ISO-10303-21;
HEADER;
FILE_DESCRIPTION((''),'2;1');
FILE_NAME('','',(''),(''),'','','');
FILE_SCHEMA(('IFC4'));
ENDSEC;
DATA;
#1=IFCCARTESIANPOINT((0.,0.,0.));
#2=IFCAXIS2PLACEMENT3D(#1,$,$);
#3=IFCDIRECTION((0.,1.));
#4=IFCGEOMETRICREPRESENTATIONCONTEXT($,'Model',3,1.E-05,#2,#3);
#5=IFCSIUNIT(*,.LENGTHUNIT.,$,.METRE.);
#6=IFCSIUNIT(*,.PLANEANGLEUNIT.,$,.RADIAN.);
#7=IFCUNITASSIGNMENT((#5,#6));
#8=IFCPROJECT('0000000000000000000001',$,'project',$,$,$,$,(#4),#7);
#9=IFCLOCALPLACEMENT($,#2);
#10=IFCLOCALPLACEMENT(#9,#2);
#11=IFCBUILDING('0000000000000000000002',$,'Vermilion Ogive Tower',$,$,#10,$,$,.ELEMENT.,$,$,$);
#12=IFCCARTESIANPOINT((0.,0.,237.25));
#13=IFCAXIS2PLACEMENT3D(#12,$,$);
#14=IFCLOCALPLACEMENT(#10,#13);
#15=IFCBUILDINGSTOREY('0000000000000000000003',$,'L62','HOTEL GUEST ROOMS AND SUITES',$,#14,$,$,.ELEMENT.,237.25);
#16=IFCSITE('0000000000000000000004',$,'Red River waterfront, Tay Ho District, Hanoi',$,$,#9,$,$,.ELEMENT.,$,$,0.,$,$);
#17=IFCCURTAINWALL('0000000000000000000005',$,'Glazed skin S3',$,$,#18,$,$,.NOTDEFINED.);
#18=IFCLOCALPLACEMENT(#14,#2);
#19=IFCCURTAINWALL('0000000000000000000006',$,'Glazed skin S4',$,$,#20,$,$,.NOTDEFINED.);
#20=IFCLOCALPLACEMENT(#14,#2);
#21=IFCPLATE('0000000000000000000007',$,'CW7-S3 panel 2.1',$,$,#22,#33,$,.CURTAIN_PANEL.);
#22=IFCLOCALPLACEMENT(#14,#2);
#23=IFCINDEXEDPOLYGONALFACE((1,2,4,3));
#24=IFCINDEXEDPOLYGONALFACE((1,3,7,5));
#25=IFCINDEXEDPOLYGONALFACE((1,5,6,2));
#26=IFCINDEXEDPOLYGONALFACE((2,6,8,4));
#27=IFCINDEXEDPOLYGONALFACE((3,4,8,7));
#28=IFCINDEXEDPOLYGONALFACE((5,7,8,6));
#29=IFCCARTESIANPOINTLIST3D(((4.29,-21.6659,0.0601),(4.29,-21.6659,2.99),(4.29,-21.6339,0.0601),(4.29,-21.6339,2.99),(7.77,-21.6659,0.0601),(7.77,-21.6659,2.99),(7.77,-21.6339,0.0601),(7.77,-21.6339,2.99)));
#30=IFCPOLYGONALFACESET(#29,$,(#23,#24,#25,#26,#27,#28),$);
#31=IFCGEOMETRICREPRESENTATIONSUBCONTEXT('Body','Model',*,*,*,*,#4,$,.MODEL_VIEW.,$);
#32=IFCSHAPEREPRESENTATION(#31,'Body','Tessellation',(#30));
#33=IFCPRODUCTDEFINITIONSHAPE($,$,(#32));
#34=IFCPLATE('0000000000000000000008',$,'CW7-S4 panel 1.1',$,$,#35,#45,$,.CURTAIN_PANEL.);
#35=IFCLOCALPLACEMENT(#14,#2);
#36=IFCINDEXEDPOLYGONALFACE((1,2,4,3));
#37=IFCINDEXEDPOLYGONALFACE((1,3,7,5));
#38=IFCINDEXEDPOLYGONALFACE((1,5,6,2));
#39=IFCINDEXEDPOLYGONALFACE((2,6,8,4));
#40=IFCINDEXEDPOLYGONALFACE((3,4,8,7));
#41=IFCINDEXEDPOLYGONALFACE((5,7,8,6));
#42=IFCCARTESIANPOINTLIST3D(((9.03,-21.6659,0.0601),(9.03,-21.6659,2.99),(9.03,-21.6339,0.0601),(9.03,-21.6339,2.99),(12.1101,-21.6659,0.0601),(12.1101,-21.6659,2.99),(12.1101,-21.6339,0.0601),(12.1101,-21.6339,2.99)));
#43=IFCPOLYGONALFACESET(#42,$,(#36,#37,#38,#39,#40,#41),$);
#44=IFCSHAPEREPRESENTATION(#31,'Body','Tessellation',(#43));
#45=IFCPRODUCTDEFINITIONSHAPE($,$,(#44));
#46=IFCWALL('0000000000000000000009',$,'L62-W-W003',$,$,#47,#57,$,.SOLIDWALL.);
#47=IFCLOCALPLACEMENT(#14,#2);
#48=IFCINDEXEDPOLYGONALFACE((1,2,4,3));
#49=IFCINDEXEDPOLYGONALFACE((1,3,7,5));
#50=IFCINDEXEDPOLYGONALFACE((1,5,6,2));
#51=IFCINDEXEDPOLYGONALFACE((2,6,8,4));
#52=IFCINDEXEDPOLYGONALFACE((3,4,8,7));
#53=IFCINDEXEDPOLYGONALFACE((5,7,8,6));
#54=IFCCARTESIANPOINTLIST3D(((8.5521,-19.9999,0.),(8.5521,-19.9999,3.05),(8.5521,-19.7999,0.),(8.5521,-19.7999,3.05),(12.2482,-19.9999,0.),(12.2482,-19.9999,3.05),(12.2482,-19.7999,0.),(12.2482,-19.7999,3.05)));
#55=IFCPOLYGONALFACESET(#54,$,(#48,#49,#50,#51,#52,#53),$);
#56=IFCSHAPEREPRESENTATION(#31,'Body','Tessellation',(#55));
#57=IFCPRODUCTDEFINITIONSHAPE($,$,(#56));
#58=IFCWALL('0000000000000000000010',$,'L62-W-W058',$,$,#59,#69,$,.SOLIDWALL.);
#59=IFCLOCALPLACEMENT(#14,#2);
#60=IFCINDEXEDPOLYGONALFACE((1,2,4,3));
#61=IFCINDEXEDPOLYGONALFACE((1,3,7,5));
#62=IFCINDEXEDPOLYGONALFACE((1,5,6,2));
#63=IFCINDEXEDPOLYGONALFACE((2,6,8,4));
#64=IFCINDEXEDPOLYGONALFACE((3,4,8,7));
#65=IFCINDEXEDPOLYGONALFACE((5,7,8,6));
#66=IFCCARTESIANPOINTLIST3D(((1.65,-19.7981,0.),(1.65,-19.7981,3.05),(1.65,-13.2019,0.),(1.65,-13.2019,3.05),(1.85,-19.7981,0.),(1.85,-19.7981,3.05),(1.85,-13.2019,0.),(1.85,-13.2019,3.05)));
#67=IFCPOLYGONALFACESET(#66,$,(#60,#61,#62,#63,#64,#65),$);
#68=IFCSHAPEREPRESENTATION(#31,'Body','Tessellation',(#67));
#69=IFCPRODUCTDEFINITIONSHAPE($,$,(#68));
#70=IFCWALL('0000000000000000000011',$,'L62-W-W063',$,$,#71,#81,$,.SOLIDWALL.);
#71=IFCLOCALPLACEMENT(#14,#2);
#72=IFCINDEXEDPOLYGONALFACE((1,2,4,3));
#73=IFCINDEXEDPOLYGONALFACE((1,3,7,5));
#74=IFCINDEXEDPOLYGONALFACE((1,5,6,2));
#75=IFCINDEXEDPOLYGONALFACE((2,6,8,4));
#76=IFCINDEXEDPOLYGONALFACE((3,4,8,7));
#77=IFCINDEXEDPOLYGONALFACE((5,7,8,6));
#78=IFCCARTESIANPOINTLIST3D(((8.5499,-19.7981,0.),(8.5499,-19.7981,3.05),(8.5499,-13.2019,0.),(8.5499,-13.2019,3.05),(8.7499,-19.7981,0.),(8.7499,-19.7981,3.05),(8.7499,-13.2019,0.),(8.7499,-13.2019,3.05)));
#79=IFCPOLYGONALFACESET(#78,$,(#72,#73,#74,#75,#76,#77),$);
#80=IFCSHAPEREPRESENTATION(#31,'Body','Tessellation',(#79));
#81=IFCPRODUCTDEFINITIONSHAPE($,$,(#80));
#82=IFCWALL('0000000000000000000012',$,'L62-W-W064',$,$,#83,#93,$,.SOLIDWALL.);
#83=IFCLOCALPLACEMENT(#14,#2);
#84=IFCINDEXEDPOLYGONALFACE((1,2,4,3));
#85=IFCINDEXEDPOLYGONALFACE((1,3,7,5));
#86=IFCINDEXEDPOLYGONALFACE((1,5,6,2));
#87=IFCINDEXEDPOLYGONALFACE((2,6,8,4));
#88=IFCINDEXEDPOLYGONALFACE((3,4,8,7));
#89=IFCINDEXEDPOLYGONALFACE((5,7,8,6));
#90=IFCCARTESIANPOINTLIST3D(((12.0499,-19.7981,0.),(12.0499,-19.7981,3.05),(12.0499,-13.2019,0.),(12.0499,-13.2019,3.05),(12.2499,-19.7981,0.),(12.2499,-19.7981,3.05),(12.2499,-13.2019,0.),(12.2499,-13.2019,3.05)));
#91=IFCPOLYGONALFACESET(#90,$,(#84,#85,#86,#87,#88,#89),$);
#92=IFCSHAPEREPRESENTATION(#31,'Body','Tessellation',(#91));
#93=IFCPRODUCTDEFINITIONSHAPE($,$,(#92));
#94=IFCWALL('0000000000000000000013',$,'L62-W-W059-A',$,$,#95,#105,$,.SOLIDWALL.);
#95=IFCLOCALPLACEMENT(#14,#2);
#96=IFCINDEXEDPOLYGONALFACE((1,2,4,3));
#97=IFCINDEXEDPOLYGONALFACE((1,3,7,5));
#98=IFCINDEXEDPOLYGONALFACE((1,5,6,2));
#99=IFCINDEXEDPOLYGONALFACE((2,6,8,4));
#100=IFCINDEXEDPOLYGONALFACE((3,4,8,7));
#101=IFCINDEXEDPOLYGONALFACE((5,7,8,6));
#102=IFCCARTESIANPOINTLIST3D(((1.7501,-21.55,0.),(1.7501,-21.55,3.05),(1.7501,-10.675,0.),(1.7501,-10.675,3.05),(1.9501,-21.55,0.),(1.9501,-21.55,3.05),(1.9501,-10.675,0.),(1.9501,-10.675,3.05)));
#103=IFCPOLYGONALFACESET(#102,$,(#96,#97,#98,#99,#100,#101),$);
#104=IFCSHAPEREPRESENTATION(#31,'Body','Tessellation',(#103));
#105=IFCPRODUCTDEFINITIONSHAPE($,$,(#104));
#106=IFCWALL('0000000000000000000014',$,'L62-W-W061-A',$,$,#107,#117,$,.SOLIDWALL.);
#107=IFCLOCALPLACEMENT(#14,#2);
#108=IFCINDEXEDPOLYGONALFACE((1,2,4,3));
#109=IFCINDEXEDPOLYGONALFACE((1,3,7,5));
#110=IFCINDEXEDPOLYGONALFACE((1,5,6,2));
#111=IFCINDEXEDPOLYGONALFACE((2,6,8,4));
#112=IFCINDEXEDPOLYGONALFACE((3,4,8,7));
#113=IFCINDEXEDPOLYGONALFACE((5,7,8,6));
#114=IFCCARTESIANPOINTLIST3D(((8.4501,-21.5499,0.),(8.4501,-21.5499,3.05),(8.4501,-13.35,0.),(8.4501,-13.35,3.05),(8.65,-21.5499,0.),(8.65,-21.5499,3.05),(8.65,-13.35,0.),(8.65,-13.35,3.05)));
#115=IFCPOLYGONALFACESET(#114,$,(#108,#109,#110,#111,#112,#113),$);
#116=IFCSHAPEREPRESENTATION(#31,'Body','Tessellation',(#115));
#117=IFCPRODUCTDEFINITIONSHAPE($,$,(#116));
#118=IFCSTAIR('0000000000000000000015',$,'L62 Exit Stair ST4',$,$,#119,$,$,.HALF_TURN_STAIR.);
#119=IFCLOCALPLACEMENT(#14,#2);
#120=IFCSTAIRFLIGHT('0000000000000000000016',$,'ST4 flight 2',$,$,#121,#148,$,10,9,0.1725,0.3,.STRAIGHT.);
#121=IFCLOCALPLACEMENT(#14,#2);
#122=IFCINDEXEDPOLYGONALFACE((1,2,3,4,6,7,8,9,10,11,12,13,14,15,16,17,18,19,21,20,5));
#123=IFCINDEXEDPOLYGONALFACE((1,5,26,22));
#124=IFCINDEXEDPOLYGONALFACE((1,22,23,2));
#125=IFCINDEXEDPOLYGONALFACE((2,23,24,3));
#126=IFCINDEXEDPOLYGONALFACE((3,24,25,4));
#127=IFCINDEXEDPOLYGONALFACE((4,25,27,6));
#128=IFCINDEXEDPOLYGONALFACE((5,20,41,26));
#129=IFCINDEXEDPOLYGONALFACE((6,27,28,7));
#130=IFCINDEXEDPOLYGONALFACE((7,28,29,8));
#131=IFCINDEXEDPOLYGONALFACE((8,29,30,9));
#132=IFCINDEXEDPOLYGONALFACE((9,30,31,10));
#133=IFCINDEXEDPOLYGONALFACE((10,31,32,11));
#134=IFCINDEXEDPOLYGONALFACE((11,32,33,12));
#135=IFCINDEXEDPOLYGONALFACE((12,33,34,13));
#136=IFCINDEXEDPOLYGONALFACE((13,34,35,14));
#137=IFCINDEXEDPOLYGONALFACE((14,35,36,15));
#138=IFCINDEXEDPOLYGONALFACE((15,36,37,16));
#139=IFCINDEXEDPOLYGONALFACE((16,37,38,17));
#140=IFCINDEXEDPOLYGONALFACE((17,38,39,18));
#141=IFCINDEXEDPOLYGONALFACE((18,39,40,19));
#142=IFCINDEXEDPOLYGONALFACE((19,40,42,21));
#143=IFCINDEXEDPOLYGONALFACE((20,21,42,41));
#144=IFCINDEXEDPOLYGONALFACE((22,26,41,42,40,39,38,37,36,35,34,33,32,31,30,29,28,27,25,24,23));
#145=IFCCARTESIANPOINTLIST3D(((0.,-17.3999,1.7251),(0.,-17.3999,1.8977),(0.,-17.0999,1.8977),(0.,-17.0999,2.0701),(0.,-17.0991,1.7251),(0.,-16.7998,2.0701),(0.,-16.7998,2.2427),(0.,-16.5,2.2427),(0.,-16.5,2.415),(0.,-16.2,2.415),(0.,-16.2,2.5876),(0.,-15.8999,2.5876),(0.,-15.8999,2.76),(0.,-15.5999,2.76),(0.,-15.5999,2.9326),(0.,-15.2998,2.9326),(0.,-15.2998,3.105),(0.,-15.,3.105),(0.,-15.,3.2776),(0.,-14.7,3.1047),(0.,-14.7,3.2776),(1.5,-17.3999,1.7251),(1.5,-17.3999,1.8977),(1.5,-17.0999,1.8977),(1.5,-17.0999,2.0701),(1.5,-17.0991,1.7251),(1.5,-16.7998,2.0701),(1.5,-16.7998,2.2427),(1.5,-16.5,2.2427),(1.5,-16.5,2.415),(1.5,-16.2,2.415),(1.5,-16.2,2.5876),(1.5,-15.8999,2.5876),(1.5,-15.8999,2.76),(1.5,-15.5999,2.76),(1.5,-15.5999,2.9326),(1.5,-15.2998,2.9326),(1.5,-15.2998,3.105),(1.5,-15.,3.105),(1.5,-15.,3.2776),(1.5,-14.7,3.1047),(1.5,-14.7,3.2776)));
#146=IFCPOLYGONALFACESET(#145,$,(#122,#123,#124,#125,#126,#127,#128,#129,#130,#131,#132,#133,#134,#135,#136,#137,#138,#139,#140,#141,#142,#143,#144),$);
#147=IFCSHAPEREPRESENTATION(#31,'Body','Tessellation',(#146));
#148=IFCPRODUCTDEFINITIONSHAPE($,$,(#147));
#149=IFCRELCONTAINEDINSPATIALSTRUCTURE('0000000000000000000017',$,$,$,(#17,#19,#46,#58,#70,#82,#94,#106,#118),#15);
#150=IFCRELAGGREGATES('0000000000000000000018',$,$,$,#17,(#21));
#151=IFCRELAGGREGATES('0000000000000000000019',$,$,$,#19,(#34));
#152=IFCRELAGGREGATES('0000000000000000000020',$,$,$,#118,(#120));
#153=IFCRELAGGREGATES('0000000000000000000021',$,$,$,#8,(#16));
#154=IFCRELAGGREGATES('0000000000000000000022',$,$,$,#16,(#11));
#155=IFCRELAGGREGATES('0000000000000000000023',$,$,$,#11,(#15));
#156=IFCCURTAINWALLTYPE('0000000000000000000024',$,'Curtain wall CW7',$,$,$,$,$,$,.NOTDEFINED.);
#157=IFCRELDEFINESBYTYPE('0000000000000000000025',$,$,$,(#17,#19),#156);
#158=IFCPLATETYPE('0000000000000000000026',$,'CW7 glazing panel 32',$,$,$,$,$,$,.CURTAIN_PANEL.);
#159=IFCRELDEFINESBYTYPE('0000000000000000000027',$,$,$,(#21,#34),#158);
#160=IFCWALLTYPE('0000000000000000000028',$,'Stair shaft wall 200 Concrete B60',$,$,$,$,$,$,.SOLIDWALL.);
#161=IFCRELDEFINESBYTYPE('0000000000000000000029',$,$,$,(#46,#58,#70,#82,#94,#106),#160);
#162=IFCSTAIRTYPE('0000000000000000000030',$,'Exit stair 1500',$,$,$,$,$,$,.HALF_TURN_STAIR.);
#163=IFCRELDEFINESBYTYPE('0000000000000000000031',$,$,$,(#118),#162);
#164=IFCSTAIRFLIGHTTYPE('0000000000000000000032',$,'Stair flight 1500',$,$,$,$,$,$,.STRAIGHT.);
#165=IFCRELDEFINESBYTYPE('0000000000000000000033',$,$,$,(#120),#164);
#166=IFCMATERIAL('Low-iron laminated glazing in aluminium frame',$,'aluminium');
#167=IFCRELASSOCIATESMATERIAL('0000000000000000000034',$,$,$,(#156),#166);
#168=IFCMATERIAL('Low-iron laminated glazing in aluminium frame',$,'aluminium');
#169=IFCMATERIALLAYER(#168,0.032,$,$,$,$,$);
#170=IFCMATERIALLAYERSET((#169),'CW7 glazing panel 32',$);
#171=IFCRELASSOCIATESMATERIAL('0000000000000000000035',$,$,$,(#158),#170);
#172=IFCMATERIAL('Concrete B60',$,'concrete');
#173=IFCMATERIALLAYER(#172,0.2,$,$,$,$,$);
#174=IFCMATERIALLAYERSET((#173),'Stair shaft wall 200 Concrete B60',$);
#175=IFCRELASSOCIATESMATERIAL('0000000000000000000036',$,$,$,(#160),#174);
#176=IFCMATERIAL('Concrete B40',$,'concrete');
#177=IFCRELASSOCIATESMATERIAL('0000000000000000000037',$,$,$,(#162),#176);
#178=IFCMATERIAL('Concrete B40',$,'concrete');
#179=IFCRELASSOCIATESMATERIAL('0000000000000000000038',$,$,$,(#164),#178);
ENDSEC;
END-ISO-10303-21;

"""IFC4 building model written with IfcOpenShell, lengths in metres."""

from ifc_helpers import new_model, si_unit, direction, frame, frame_2d, origin, origin_2d, place, context, subcontext, project, spatial, polyline, rectangle, outline, extrude, material, layer, layer_set, type_object, element, aggregate, save


model = new_model("IFC4")

# Units and contexts
model_context = context("Model", 3, precision=1e-05, world=origin(), true_north=direction((0.0, 1.0)))
body_context = subcontext(model_context, "Body", "Model", "MODEL_VIEW")
ifc_project = project(units=[si_unit("LENGTHUNIT", "METRE"), si_unit("PLANEANGLEUNIT", "RADIAN")], contexts=[model_context])

# Site, building, storey
site_placement = place(None, origin())
site = spatial("IfcSite", under=ifc_project, at=site_placement, Name="Red River waterfront, Tay Ho District, Hanoi", CompositionType="ELEMENT", RefElevation=0.0)
building_placement = place(site_placement, origin())
building = spatial("IfcBuilding", under=site, at=building_placement, Name="Vermilion Ogive Tower", CompositionType="ELEMENT")
storey_placement = place(building_placement, frame((0.0, 0.0, 237.25)))
storey = spatial("IfcBuildingStorey", under=building, at=storey_placement, Name="L62", Description="HOTEL GUEST ROOMS AND SUITES", CompositionType="ELEMENT", Elevation=237.25)

# Curtain wall
ifc_material_1 = material(Name="Low-iron laminated glazing in aluminium frame", Category="aluminium")
curtain_wall_type = type_object("IfcCurtainWallType", Name="Curtain wall CW7", PredefinedType="NOTDEFINED", material=ifc_material_1)
curtain_wall_1_placement = place(storey_placement, origin())
curtain_wall_1 = element("IfcCurtainWall", 1, at=curtain_wall_1_placement, inside=storey, type_object=curtain_wall_type, Name="Glazed skin S3", PredefinedType="NOTDEFINED")

# Curtain wall
curtain_wall_2_placement = place(storey_placement, origin())
curtain_wall_2 = element("IfcCurtainWall", 2, at=curtain_wall_2_placement, inside=storey, type_object=curtain_wall_type, Name="Glazed skin S4", PredefinedType="NOTDEFINED")

# Plates
ifc_material_2 = material(Name="Low-iron laminated glazing in aluminium frame", Category="aluminium")
ifc_layer_1 = layer(ifc_material_2, 0.032)
ifc_layer_set_1 = layer_set([ifc_layer_1], Name="CW7 glazing panel 32")
plate_type = type_object("IfcPlateType", Name="CW7 glazing panel 32", PredefinedType="CURTAIN_PANEL", material=ifc_layer_set_1)
plate_1_placement = place(storey_placement, frame((6.03, -21.6499, 0.0601), z_axis=(0.0, 0.0, 1.0), x_axis=(1.0, 0.0, 0.0)))
plate_1 = element("IfcPlate", 3, at=plate_1_placement, type_object=plate_type, Name="CW7-S3 panel 2.1", PredefinedType="CURTAIN_PANEL", context=body_context, shape_type="SweptSolid", body=[
    extrude(rectangle(XDim=3.48, YDim=0.032, at=origin_2d()), origin(), (0.0, 0.0, 1.0), 2.9299),
])
aggregate(curtain_wall_1, [plate_1])
plate_2_placement = place(storey_placement, frame((10.5701, -21.6499, 0.0601), z_axis=(0.0, 0.0, 1.0), x_axis=(1.0, 0.0, 0.0)))
plate_2 = element("IfcPlate", 4, at=plate_2_placement, type_object=plate_type, Name="CW7-S4 panel 1.1", PredefinedType="CURTAIN_PANEL", context=body_context, shape_type="SweptSolid", body=[
    extrude(rectangle(XDim=3.0801, YDim=0.032, at=origin_2d()), origin(), (0.0, 0.0, 1.0), 2.9299),
])
aggregate(curtain_wall_2, [plate_2])

# Walls
ifc_material_3 = material(Name="Concrete B60", Category="concrete")
ifc_layer_2 = layer(ifc_material_3, 0.2)
ifc_layer_set_2 = layer_set([ifc_layer_2], Name="Stair shaft wall 200 Concrete B60")
wall_type = type_object("IfcWallType", Name="Stair shaft wall 200 Concrete B60", PredefinedType="SOLIDWALL", material=ifc_layer_set_2)
wall_1_placement = place(storey_placement, frame((8.552, -19.8999, 0.0), z_axis=(0.0, 0.0, 1.0), x_axis=(1.0, 0.0, 0.0)))
element("IfcWall", 5, at=wall_1_placement, inside=storey, type_object=wall_type, Name="L62-W-W003", PredefinedType="SOLIDWALL", context=body_context, shape_type="SweptSolid", body=[
    extrude(rectangle(XDim=3.696, YDim=0.2, at=frame_2d((1.8481, 0.0))), origin(), (0.0, 0.0, 1.0), 3.05),
])
for number, where, z_axis, x_axis, name in (
    (6, (1.75, -19.7981, 0.0), (0.0, 0.0, 1.0), (0.0, 1.0, 0.0), "L62-W-W058"),
    (7, (8.6499, -19.7981, 0.0), (0.0, 0.0, 1.0), (0.0, 1.0, 0.0), "L62-W-W063"),
    (8, (12.1499, -19.7981, 0.0), (0.0, 0.0, 1.0), (0.0, 1.0, 0.0), "L62-W-W064"),
):
    element("IfcWall", number, at=place(storey_placement, frame(where, z_axis=z_axis, x_axis=x_axis)), inside=storey, type_object=wall_type, Name=name, PredefinedType="SOLIDWALL", context=body_context, shape_type="SweptSolid", body=[
        extrude(rectangle(XDim=6.5962, YDim=0.2, at=frame_2d((3.2981, 0.0))), origin(), (0.0, 0.0, 1.0), 3.05),
    ])
wall_2_placement = place(storey_placement, frame((1.8501, -21.55, 0.0), z_axis=(0.0, 0.0, 1.0), x_axis=(0.0, 1.0, 0.0)))
element("IfcWall", 9, at=wall_2_placement, inside=storey, type_object=wall_type, Name="L62-W-W059-A", PredefinedType="SOLIDWALL", context=body_context, shape_type="SweptSolid", body=[
    extrude(rectangle(XDim=10.875, YDim=0.2, at=frame_2d((5.4375, 0.0))), origin(), (0.0, 0.0, 1.0), 3.05),
])
wall_3_placement = place(storey_placement, frame((8.55, -21.55, 0.0), z_axis=(0.0, 0.0, 1.0), x_axis=(0.0, 1.0, 0.0)))
element("IfcWall", 10, at=wall_3_placement, inside=storey, type_object=wall_type, Name="L62-W-W061-A", PredefinedType="SOLIDWALL", context=body_context, shape_type="SweptSolid", body=[
    extrude(rectangle(XDim=8.2, YDim=0.2, at=frame_2d((4.1001, 0.0))), origin(), (0.0, 0.0, 1.0), 3.05),
])

# Stair, stair flight
ifc_material_4 = material(Name="Concrete B40", Category="concrete")
stair_type = type_object("IfcStairType", Name="Exit stair 1500", PredefinedType="HALF_TURN_STAIR", material=ifc_material_4)
stair_placement = place(storey_placement, origin())
stair = element("IfcStair", 11, at=stair_placement, inside=storey, type_object=stair_type, Name="L62 Exit Stair ST4", PredefinedType="HALF_TURN_STAIR")
ifc_material_5 = material(Name="Concrete B40", Category="concrete")
stair_flight_type = type_object("IfcStairFlightType", Name="Stair flight 1500", PredefinedType="STRAIGHT", material=ifc_material_5)
stair_flight_placement = place(storey_placement, frame((0.75, -17.3999, 1.7251), z_axis=(0.0, 0.0, 1.0), x_axis=(0.0, 1.0, 0.0)))
stair_flight = element("IfcStairFlight", 12, at=stair_flight_placement, type_object=stair_flight_type, Name="ST4 flight 2", NumberOfRisers=10, NumberOfTreads=9, PredefinedType="STRAIGHT", RiserHeight=0.1725, TreadLength=0.3, context=body_context, shape_type="SweptSolid", body=[
    extrude(outline(polyline([(0.0, 0.0), (0.0, 0.1726), (0.3, 0.1726), (0.3, 0.345), (0.6001, 0.345), (0.6001, 0.5176), (0.8999, 0.5176), (0.8999, 0.6899), (1.2, 0.6899), (1.2, 0.8625), (1.5, 0.8625), (1.5, 1.0349), (1.8, 1.0349), (1.8, 1.2075), (2.1001, 1.2075), (2.1001, 1.3799), (2.3999, 1.3799), (2.3999, 1.5525), (2.7, 1.5525), (2.7, 1.7251), (2.7, 1.3796), (0.3008, 0.0), (0.0, 0.0)])), frame((0.0, 0.75, 0.0), z_axis=(0.0, -1.0, 0.0), x_axis=(1.0, 0.0, 0.0)), (0.0, 0.0, 1.0), 1.5),
])
aggregate(stair, [stair_flight])

save(model, "model.ifc")
